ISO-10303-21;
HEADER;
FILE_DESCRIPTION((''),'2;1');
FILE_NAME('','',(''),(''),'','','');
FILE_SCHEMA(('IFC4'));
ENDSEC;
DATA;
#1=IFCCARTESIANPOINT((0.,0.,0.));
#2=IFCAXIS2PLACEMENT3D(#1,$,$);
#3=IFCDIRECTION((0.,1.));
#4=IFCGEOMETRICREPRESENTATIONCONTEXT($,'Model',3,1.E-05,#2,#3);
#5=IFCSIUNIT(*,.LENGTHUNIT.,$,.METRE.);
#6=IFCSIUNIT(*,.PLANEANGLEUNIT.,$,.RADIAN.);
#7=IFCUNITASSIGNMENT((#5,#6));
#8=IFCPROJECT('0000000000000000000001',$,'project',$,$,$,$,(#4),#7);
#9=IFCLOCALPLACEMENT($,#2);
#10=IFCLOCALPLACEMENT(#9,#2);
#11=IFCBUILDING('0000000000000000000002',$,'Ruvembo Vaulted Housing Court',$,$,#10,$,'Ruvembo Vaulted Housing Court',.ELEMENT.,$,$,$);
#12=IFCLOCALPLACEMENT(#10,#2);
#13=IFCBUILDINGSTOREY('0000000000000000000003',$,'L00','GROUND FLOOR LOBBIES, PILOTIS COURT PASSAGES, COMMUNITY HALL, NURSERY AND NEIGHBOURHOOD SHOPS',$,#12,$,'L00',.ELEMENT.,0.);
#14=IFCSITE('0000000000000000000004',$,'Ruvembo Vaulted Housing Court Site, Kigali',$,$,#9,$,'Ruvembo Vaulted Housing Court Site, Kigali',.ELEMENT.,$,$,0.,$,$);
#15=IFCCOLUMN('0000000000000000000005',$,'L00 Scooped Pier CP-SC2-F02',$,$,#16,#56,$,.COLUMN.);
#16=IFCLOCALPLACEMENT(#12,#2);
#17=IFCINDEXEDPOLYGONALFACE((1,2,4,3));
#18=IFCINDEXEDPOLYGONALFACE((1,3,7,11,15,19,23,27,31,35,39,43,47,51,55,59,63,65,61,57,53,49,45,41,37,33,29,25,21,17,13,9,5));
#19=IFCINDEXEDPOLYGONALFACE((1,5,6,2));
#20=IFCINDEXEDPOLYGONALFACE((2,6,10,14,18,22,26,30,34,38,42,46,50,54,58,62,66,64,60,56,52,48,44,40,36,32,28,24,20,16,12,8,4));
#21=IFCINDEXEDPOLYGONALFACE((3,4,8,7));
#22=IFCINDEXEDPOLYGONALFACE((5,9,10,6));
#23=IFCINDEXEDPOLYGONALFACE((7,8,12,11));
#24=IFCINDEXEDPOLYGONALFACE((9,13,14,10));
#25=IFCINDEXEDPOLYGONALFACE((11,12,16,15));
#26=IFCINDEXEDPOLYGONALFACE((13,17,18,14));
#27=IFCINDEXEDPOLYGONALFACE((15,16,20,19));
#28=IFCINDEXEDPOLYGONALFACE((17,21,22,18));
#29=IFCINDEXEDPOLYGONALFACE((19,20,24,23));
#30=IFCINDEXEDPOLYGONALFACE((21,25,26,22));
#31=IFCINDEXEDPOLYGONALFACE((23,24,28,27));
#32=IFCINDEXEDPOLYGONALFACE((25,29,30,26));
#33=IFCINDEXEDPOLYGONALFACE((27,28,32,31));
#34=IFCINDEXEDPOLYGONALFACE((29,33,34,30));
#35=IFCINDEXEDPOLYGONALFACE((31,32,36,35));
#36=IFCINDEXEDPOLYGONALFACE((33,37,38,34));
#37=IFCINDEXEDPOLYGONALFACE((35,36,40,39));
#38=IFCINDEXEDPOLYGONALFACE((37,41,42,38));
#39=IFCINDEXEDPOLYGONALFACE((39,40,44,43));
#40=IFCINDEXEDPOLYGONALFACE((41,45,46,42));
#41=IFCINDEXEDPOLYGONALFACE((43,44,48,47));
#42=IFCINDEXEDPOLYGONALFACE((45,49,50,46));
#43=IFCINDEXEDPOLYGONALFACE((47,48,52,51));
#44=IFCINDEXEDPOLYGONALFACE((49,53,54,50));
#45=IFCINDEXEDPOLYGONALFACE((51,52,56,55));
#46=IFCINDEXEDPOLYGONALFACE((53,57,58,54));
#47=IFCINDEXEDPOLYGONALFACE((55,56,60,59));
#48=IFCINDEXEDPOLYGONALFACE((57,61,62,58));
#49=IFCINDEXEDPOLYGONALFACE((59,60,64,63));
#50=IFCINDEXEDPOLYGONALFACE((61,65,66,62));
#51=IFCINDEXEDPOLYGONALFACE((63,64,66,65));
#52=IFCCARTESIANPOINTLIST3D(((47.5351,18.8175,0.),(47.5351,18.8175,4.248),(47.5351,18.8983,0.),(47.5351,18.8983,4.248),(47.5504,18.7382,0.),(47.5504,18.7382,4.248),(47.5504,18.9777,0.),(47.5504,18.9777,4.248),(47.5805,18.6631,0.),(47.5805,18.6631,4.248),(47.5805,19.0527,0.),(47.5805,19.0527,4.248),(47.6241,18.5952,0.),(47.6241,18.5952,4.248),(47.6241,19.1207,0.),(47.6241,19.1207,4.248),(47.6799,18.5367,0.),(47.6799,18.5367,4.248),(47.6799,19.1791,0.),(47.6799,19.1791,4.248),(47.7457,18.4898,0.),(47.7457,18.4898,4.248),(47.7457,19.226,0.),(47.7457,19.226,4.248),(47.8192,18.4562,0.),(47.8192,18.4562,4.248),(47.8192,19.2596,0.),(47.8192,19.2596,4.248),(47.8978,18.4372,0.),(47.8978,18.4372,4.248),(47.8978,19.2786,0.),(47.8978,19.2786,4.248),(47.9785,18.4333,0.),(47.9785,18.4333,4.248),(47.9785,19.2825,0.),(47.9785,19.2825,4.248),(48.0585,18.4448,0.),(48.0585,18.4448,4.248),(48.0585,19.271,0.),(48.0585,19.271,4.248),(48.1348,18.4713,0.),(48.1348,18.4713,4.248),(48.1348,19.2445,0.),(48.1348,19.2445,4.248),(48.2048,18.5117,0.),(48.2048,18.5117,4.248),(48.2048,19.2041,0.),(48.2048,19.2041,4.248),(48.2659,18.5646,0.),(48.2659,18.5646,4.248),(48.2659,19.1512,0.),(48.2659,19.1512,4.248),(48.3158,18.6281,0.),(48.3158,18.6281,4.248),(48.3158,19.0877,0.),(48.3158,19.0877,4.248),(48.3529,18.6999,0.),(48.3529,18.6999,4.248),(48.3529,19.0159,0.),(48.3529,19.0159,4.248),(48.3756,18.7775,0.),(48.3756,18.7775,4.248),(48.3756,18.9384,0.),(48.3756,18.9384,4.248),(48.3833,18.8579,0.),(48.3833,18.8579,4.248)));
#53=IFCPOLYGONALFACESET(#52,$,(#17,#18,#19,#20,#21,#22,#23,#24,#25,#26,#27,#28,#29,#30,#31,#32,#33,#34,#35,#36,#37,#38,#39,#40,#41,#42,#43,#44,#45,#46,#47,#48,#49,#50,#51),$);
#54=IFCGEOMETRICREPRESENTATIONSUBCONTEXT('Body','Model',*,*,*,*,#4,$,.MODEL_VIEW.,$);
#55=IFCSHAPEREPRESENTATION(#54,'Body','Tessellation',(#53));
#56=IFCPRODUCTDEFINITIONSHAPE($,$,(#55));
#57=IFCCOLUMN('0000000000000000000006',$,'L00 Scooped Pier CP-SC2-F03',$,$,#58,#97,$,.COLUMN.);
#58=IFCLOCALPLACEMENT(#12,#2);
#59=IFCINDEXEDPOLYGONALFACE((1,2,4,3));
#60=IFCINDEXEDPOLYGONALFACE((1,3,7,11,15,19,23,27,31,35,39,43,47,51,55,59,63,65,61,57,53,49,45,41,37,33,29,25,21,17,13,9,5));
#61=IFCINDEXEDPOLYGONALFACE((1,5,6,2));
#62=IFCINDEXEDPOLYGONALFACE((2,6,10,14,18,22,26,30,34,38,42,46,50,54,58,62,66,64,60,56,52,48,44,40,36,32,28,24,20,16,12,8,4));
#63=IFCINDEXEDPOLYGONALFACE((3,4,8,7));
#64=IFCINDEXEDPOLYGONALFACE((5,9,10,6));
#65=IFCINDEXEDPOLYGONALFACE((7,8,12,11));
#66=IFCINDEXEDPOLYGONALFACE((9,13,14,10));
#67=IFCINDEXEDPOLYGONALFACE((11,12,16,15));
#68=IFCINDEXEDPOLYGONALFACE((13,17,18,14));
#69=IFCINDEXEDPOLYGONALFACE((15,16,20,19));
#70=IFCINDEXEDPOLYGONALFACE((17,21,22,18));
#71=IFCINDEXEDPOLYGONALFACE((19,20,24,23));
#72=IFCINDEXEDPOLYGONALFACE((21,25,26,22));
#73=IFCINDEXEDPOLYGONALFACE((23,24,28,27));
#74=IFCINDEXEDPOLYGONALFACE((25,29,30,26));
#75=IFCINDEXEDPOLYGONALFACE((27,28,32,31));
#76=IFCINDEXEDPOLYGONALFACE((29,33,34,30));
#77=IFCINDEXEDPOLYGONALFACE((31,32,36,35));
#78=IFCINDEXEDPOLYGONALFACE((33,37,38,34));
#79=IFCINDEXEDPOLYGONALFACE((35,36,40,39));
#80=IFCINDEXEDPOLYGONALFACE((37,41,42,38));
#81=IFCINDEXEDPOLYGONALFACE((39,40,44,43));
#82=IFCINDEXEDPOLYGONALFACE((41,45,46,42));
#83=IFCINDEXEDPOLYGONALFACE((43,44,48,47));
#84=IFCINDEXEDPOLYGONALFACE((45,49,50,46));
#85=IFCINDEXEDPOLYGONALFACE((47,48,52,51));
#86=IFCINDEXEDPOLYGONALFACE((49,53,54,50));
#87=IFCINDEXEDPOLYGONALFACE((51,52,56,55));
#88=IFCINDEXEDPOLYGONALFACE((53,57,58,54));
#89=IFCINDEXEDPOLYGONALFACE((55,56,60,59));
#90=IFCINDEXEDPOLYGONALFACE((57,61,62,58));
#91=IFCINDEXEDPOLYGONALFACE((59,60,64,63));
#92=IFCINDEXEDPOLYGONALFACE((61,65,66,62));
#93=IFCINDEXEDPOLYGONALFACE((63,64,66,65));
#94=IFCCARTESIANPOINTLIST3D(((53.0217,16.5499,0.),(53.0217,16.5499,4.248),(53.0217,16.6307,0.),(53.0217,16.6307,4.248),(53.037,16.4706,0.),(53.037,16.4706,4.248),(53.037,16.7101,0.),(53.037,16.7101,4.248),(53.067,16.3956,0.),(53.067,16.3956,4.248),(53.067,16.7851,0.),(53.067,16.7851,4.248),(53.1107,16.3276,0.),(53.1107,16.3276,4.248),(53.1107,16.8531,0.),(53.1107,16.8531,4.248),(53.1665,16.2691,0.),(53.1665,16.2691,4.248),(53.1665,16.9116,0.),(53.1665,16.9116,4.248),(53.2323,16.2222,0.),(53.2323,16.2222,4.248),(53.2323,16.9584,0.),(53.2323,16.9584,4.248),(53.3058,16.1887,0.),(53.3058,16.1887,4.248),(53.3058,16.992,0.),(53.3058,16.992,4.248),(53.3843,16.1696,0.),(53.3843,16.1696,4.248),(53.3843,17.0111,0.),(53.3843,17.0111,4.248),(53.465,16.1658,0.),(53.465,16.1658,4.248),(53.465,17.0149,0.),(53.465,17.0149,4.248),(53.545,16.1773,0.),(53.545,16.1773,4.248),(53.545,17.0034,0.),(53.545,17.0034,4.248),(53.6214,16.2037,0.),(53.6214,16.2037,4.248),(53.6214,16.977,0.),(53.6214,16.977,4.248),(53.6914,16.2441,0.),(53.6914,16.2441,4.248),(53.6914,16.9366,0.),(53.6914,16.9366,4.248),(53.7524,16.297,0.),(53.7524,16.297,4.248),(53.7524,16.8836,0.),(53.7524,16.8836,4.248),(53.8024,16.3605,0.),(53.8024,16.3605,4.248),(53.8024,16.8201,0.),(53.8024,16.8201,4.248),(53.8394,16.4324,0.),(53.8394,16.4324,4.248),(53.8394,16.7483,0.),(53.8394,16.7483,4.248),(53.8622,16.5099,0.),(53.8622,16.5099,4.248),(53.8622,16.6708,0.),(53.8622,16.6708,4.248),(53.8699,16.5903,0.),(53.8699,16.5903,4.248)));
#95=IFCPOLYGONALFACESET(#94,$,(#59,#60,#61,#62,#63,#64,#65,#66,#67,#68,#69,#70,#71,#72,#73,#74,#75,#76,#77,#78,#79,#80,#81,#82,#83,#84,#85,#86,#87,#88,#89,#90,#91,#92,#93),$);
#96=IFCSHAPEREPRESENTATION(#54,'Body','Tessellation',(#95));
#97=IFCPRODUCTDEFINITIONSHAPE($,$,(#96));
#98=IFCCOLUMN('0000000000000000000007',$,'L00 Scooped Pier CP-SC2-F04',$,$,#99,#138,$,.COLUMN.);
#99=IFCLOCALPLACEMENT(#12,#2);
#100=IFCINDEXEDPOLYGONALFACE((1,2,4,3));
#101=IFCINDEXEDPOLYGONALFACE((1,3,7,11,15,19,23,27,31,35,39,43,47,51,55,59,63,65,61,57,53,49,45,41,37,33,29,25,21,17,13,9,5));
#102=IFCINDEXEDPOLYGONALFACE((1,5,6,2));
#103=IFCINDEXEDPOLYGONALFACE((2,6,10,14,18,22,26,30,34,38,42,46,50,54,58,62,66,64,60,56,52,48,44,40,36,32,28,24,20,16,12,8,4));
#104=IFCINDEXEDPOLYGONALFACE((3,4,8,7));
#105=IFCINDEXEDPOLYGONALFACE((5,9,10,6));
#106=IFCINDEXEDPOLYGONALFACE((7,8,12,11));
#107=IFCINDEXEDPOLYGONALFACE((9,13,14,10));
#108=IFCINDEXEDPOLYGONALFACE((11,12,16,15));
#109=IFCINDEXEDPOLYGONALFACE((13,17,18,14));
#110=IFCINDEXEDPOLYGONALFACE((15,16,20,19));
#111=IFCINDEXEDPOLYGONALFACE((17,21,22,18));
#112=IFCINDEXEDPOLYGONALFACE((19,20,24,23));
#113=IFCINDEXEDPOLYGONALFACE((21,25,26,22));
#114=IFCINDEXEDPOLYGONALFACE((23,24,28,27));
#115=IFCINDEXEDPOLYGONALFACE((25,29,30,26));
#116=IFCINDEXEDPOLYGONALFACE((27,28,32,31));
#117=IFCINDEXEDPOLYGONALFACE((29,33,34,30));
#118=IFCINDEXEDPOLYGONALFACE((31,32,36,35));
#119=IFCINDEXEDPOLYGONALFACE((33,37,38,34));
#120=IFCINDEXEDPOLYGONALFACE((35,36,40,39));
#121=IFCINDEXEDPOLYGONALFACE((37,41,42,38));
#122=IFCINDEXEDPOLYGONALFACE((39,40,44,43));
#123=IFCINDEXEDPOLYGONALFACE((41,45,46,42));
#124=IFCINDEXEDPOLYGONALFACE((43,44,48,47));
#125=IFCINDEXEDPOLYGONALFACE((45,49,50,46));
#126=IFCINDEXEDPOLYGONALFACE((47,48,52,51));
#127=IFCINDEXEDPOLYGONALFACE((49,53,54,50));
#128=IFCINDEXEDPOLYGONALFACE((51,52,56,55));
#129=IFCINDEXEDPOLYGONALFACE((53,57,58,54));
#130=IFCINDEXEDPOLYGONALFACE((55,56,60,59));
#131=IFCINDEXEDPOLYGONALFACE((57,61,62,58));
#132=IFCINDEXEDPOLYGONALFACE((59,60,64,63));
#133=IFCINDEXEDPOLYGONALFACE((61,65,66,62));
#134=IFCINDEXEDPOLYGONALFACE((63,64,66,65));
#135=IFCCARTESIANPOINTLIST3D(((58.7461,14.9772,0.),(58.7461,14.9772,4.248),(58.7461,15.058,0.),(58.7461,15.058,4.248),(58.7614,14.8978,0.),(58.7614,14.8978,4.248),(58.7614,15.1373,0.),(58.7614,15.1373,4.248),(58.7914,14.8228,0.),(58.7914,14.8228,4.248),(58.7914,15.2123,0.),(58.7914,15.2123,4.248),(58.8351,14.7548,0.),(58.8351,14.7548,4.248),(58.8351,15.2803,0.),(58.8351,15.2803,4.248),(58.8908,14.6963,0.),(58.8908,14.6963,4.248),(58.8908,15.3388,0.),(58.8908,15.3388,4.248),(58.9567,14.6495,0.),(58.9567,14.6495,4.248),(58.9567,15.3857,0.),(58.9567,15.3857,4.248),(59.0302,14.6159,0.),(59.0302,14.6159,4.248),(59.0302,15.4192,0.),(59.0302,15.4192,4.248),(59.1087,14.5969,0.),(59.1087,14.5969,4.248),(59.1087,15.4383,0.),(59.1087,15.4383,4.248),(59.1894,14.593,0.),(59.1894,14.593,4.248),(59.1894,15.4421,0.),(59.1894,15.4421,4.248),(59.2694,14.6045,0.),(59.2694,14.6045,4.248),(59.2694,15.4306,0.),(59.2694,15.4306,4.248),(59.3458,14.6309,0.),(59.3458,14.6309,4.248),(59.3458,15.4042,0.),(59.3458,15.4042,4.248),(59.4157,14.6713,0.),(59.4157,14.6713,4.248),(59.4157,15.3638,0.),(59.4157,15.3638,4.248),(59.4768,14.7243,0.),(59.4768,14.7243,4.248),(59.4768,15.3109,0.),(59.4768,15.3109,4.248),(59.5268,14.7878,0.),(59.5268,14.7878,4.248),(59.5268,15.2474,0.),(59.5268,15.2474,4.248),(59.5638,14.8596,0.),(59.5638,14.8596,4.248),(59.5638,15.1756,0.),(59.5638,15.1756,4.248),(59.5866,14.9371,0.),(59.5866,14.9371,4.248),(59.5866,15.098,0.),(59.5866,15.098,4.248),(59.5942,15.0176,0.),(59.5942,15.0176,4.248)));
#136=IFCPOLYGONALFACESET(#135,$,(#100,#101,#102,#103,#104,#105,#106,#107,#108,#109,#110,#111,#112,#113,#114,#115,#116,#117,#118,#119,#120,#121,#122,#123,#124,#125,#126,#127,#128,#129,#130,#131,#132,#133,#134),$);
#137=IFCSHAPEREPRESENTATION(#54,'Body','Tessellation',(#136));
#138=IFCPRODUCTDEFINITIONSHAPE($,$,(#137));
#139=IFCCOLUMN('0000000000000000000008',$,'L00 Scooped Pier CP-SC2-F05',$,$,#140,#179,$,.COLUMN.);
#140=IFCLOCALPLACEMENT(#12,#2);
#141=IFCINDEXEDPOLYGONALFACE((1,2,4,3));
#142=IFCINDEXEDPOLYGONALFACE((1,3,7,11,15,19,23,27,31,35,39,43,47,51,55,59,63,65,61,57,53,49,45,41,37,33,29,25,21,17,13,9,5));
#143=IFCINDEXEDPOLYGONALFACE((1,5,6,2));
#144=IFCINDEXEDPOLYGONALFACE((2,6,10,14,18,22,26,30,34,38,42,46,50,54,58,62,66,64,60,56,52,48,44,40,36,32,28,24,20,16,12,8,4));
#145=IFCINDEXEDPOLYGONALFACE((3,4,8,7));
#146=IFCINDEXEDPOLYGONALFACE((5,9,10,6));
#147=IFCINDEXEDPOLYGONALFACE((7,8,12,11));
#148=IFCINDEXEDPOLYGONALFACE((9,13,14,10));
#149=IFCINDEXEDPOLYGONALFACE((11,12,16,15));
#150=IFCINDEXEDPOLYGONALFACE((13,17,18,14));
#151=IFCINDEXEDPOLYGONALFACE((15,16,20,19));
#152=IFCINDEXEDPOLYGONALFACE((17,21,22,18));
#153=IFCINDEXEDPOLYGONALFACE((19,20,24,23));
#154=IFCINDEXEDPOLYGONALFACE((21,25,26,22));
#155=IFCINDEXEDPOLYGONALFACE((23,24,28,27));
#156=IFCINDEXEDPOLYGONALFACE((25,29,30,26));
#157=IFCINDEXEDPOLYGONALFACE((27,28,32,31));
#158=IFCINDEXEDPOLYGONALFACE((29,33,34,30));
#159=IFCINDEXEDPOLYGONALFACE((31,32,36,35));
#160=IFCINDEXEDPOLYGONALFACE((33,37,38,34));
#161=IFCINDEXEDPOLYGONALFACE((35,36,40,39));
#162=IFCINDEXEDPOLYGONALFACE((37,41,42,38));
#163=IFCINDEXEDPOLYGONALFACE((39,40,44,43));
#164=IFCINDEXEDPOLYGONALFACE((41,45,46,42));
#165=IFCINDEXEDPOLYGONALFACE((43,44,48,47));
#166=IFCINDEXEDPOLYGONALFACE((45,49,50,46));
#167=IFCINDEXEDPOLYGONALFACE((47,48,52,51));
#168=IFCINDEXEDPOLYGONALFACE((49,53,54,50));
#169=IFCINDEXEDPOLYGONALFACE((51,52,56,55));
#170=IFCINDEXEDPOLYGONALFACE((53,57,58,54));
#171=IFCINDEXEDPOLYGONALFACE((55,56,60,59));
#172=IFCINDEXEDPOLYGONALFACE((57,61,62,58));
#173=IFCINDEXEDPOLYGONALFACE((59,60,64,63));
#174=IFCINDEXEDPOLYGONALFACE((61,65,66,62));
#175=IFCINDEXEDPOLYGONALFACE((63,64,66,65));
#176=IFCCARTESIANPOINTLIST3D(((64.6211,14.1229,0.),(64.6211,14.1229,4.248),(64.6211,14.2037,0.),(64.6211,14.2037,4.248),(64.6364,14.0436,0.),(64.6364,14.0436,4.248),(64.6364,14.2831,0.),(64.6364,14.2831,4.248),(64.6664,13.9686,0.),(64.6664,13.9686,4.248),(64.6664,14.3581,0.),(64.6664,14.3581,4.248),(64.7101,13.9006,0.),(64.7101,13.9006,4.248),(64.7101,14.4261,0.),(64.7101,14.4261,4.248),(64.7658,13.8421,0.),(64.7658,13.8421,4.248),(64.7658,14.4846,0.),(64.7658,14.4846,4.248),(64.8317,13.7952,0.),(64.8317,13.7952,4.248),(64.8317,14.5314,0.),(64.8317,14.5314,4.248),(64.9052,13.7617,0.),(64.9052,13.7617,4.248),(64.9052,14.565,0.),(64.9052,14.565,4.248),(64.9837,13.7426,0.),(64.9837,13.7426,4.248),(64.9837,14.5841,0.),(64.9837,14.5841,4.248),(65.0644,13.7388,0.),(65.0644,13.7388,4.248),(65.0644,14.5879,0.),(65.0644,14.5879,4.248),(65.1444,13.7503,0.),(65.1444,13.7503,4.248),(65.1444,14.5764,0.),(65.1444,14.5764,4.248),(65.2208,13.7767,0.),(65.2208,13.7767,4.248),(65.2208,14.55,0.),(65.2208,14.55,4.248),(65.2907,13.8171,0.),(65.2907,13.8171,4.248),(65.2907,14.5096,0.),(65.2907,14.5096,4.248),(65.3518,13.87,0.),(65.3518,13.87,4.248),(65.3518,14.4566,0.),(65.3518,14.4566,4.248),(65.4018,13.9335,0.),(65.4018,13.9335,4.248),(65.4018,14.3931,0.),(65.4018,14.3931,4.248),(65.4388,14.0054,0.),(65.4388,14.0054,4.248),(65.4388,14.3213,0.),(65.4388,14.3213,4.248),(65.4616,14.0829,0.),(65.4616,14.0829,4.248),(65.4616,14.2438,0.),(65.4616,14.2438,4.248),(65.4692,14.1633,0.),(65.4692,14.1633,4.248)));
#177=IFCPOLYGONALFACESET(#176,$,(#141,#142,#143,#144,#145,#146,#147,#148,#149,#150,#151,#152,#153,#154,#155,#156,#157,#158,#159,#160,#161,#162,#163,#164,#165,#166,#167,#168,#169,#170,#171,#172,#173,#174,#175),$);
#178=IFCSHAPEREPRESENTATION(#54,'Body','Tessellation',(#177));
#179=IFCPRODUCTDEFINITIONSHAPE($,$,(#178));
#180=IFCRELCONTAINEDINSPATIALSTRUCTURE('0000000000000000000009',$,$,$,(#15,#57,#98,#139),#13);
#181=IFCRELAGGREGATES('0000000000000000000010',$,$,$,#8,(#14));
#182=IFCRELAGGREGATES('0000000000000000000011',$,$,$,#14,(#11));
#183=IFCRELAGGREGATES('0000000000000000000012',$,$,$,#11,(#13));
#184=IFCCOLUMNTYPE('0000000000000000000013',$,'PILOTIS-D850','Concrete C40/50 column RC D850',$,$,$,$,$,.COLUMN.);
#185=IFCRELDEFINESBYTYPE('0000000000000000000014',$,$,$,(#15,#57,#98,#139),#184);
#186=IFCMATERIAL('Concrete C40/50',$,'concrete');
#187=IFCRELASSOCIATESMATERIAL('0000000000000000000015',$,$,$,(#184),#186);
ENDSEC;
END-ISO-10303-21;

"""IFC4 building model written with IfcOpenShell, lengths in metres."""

from ifc_helpers import new_model, si_unit, direction, frame, origin, origin_2d, place, context, subcontext, project, spatial, circle, extrude, material, material_profile, profile_set, type_object, element, save


model = new_model("IFC4")

# Units and contexts
model_context = context("Model", 3, precision=1e-05, world=origin(), true_north=direction((0.0, 1.0)))
body_context = subcontext(model_context, "Body", "Model", "MODEL_VIEW")
ifc_project = project(units=[si_unit("LENGTHUNIT", "METRE"), si_unit("PLANEANGLEUNIT", "RADIAN")], contexts=[model_context])

# Site, building, storey
site_placement = place(None, origin())
site = spatial("IfcSite", under=ifc_project, at=site_placement, Name="Ruvembo Vaulted Housing Court Site, Kigali", LongName="Ruvembo Vaulted Housing Court Site, Kigali", CompositionType="ELEMENT", RefElevation=0.0)
building_placement = place(site_placement, origin())
building = spatial("IfcBuilding", under=site, at=building_placement, Name="Ruvembo Vaulted Housing Court", LongName="Ruvembo Vaulted Housing Court", CompositionType="ELEMENT")
storey_placement = place(building_placement, origin())
storey = spatial("IfcBuildingStorey", under=building, at=storey_placement, Name="L00", Description="GROUND FLOOR LOBBIES, PILOTIS COURT PASSAGES, COMMUNITY HALL, NURSERY AND NEIGHBOURHOOD SHOPS", LongName="L00", CompositionType="ELEMENT", Elevation=0.0)

# Columns
ifc_material_1 = material(Name="Concrete C40/50", Category="concrete")
ifc_material_profile_1 = material_profile(ifc_material_1, circle(Radius=0.425, at=origin_2d()), Name="RC D850")
ifc_profile_set_1 = profile_set([ifc_material_profile_1], Name="Concrete C40/50")
column_type_1 = type_object("IfcColumnType", Name="PILOTIS-D850", Description="Concrete C40/50 column RC D850", PredefinedType="COLUMN", material=ifc_profile_set_1)
for number, where, z_axis, x_axis, name in (
    (1, (47.9583, 18.8579, 0.0), (0.0, 0.0, 1.0), (1.0, 0.0, 0.0), "L00 Scooped Pier CP-SC2-F02"),
    (2, (53.4448, 16.5903, 0.0), (0.0, 0.0, 1.0), (1.0, 0.0, 0.0), "L00 Scooped Pier CP-SC2-F03"),
    (3, (59.1692, 15.0176, 0.0), (0.0, 0.0, 1.0), (1.0, 0.0, 0.0), "L00 Scooped Pier CP-SC2-F04"),
    (4, (65.0442, 14.1633, 0.0), (0.0, 0.0, 1.0), (1.0, 0.0, 0.0), "L00 Scooped Pier CP-SC2-F05"),
):
    element("IfcColumn", number, at=place(storey_placement, frame(where, z_axis=z_axis, x_axis=x_axis)), inside=storey, type_object=column_type_1, Name=name, PredefinedType="COLUMN", context=body_context, shape_type="SweptSolid", body=[
        extrude(circle(Radius=0.425, at=origin_2d()), origin(), (0.0, 0.0, 1.0), 4.248),
    ])

save(model, "model.ifc")
